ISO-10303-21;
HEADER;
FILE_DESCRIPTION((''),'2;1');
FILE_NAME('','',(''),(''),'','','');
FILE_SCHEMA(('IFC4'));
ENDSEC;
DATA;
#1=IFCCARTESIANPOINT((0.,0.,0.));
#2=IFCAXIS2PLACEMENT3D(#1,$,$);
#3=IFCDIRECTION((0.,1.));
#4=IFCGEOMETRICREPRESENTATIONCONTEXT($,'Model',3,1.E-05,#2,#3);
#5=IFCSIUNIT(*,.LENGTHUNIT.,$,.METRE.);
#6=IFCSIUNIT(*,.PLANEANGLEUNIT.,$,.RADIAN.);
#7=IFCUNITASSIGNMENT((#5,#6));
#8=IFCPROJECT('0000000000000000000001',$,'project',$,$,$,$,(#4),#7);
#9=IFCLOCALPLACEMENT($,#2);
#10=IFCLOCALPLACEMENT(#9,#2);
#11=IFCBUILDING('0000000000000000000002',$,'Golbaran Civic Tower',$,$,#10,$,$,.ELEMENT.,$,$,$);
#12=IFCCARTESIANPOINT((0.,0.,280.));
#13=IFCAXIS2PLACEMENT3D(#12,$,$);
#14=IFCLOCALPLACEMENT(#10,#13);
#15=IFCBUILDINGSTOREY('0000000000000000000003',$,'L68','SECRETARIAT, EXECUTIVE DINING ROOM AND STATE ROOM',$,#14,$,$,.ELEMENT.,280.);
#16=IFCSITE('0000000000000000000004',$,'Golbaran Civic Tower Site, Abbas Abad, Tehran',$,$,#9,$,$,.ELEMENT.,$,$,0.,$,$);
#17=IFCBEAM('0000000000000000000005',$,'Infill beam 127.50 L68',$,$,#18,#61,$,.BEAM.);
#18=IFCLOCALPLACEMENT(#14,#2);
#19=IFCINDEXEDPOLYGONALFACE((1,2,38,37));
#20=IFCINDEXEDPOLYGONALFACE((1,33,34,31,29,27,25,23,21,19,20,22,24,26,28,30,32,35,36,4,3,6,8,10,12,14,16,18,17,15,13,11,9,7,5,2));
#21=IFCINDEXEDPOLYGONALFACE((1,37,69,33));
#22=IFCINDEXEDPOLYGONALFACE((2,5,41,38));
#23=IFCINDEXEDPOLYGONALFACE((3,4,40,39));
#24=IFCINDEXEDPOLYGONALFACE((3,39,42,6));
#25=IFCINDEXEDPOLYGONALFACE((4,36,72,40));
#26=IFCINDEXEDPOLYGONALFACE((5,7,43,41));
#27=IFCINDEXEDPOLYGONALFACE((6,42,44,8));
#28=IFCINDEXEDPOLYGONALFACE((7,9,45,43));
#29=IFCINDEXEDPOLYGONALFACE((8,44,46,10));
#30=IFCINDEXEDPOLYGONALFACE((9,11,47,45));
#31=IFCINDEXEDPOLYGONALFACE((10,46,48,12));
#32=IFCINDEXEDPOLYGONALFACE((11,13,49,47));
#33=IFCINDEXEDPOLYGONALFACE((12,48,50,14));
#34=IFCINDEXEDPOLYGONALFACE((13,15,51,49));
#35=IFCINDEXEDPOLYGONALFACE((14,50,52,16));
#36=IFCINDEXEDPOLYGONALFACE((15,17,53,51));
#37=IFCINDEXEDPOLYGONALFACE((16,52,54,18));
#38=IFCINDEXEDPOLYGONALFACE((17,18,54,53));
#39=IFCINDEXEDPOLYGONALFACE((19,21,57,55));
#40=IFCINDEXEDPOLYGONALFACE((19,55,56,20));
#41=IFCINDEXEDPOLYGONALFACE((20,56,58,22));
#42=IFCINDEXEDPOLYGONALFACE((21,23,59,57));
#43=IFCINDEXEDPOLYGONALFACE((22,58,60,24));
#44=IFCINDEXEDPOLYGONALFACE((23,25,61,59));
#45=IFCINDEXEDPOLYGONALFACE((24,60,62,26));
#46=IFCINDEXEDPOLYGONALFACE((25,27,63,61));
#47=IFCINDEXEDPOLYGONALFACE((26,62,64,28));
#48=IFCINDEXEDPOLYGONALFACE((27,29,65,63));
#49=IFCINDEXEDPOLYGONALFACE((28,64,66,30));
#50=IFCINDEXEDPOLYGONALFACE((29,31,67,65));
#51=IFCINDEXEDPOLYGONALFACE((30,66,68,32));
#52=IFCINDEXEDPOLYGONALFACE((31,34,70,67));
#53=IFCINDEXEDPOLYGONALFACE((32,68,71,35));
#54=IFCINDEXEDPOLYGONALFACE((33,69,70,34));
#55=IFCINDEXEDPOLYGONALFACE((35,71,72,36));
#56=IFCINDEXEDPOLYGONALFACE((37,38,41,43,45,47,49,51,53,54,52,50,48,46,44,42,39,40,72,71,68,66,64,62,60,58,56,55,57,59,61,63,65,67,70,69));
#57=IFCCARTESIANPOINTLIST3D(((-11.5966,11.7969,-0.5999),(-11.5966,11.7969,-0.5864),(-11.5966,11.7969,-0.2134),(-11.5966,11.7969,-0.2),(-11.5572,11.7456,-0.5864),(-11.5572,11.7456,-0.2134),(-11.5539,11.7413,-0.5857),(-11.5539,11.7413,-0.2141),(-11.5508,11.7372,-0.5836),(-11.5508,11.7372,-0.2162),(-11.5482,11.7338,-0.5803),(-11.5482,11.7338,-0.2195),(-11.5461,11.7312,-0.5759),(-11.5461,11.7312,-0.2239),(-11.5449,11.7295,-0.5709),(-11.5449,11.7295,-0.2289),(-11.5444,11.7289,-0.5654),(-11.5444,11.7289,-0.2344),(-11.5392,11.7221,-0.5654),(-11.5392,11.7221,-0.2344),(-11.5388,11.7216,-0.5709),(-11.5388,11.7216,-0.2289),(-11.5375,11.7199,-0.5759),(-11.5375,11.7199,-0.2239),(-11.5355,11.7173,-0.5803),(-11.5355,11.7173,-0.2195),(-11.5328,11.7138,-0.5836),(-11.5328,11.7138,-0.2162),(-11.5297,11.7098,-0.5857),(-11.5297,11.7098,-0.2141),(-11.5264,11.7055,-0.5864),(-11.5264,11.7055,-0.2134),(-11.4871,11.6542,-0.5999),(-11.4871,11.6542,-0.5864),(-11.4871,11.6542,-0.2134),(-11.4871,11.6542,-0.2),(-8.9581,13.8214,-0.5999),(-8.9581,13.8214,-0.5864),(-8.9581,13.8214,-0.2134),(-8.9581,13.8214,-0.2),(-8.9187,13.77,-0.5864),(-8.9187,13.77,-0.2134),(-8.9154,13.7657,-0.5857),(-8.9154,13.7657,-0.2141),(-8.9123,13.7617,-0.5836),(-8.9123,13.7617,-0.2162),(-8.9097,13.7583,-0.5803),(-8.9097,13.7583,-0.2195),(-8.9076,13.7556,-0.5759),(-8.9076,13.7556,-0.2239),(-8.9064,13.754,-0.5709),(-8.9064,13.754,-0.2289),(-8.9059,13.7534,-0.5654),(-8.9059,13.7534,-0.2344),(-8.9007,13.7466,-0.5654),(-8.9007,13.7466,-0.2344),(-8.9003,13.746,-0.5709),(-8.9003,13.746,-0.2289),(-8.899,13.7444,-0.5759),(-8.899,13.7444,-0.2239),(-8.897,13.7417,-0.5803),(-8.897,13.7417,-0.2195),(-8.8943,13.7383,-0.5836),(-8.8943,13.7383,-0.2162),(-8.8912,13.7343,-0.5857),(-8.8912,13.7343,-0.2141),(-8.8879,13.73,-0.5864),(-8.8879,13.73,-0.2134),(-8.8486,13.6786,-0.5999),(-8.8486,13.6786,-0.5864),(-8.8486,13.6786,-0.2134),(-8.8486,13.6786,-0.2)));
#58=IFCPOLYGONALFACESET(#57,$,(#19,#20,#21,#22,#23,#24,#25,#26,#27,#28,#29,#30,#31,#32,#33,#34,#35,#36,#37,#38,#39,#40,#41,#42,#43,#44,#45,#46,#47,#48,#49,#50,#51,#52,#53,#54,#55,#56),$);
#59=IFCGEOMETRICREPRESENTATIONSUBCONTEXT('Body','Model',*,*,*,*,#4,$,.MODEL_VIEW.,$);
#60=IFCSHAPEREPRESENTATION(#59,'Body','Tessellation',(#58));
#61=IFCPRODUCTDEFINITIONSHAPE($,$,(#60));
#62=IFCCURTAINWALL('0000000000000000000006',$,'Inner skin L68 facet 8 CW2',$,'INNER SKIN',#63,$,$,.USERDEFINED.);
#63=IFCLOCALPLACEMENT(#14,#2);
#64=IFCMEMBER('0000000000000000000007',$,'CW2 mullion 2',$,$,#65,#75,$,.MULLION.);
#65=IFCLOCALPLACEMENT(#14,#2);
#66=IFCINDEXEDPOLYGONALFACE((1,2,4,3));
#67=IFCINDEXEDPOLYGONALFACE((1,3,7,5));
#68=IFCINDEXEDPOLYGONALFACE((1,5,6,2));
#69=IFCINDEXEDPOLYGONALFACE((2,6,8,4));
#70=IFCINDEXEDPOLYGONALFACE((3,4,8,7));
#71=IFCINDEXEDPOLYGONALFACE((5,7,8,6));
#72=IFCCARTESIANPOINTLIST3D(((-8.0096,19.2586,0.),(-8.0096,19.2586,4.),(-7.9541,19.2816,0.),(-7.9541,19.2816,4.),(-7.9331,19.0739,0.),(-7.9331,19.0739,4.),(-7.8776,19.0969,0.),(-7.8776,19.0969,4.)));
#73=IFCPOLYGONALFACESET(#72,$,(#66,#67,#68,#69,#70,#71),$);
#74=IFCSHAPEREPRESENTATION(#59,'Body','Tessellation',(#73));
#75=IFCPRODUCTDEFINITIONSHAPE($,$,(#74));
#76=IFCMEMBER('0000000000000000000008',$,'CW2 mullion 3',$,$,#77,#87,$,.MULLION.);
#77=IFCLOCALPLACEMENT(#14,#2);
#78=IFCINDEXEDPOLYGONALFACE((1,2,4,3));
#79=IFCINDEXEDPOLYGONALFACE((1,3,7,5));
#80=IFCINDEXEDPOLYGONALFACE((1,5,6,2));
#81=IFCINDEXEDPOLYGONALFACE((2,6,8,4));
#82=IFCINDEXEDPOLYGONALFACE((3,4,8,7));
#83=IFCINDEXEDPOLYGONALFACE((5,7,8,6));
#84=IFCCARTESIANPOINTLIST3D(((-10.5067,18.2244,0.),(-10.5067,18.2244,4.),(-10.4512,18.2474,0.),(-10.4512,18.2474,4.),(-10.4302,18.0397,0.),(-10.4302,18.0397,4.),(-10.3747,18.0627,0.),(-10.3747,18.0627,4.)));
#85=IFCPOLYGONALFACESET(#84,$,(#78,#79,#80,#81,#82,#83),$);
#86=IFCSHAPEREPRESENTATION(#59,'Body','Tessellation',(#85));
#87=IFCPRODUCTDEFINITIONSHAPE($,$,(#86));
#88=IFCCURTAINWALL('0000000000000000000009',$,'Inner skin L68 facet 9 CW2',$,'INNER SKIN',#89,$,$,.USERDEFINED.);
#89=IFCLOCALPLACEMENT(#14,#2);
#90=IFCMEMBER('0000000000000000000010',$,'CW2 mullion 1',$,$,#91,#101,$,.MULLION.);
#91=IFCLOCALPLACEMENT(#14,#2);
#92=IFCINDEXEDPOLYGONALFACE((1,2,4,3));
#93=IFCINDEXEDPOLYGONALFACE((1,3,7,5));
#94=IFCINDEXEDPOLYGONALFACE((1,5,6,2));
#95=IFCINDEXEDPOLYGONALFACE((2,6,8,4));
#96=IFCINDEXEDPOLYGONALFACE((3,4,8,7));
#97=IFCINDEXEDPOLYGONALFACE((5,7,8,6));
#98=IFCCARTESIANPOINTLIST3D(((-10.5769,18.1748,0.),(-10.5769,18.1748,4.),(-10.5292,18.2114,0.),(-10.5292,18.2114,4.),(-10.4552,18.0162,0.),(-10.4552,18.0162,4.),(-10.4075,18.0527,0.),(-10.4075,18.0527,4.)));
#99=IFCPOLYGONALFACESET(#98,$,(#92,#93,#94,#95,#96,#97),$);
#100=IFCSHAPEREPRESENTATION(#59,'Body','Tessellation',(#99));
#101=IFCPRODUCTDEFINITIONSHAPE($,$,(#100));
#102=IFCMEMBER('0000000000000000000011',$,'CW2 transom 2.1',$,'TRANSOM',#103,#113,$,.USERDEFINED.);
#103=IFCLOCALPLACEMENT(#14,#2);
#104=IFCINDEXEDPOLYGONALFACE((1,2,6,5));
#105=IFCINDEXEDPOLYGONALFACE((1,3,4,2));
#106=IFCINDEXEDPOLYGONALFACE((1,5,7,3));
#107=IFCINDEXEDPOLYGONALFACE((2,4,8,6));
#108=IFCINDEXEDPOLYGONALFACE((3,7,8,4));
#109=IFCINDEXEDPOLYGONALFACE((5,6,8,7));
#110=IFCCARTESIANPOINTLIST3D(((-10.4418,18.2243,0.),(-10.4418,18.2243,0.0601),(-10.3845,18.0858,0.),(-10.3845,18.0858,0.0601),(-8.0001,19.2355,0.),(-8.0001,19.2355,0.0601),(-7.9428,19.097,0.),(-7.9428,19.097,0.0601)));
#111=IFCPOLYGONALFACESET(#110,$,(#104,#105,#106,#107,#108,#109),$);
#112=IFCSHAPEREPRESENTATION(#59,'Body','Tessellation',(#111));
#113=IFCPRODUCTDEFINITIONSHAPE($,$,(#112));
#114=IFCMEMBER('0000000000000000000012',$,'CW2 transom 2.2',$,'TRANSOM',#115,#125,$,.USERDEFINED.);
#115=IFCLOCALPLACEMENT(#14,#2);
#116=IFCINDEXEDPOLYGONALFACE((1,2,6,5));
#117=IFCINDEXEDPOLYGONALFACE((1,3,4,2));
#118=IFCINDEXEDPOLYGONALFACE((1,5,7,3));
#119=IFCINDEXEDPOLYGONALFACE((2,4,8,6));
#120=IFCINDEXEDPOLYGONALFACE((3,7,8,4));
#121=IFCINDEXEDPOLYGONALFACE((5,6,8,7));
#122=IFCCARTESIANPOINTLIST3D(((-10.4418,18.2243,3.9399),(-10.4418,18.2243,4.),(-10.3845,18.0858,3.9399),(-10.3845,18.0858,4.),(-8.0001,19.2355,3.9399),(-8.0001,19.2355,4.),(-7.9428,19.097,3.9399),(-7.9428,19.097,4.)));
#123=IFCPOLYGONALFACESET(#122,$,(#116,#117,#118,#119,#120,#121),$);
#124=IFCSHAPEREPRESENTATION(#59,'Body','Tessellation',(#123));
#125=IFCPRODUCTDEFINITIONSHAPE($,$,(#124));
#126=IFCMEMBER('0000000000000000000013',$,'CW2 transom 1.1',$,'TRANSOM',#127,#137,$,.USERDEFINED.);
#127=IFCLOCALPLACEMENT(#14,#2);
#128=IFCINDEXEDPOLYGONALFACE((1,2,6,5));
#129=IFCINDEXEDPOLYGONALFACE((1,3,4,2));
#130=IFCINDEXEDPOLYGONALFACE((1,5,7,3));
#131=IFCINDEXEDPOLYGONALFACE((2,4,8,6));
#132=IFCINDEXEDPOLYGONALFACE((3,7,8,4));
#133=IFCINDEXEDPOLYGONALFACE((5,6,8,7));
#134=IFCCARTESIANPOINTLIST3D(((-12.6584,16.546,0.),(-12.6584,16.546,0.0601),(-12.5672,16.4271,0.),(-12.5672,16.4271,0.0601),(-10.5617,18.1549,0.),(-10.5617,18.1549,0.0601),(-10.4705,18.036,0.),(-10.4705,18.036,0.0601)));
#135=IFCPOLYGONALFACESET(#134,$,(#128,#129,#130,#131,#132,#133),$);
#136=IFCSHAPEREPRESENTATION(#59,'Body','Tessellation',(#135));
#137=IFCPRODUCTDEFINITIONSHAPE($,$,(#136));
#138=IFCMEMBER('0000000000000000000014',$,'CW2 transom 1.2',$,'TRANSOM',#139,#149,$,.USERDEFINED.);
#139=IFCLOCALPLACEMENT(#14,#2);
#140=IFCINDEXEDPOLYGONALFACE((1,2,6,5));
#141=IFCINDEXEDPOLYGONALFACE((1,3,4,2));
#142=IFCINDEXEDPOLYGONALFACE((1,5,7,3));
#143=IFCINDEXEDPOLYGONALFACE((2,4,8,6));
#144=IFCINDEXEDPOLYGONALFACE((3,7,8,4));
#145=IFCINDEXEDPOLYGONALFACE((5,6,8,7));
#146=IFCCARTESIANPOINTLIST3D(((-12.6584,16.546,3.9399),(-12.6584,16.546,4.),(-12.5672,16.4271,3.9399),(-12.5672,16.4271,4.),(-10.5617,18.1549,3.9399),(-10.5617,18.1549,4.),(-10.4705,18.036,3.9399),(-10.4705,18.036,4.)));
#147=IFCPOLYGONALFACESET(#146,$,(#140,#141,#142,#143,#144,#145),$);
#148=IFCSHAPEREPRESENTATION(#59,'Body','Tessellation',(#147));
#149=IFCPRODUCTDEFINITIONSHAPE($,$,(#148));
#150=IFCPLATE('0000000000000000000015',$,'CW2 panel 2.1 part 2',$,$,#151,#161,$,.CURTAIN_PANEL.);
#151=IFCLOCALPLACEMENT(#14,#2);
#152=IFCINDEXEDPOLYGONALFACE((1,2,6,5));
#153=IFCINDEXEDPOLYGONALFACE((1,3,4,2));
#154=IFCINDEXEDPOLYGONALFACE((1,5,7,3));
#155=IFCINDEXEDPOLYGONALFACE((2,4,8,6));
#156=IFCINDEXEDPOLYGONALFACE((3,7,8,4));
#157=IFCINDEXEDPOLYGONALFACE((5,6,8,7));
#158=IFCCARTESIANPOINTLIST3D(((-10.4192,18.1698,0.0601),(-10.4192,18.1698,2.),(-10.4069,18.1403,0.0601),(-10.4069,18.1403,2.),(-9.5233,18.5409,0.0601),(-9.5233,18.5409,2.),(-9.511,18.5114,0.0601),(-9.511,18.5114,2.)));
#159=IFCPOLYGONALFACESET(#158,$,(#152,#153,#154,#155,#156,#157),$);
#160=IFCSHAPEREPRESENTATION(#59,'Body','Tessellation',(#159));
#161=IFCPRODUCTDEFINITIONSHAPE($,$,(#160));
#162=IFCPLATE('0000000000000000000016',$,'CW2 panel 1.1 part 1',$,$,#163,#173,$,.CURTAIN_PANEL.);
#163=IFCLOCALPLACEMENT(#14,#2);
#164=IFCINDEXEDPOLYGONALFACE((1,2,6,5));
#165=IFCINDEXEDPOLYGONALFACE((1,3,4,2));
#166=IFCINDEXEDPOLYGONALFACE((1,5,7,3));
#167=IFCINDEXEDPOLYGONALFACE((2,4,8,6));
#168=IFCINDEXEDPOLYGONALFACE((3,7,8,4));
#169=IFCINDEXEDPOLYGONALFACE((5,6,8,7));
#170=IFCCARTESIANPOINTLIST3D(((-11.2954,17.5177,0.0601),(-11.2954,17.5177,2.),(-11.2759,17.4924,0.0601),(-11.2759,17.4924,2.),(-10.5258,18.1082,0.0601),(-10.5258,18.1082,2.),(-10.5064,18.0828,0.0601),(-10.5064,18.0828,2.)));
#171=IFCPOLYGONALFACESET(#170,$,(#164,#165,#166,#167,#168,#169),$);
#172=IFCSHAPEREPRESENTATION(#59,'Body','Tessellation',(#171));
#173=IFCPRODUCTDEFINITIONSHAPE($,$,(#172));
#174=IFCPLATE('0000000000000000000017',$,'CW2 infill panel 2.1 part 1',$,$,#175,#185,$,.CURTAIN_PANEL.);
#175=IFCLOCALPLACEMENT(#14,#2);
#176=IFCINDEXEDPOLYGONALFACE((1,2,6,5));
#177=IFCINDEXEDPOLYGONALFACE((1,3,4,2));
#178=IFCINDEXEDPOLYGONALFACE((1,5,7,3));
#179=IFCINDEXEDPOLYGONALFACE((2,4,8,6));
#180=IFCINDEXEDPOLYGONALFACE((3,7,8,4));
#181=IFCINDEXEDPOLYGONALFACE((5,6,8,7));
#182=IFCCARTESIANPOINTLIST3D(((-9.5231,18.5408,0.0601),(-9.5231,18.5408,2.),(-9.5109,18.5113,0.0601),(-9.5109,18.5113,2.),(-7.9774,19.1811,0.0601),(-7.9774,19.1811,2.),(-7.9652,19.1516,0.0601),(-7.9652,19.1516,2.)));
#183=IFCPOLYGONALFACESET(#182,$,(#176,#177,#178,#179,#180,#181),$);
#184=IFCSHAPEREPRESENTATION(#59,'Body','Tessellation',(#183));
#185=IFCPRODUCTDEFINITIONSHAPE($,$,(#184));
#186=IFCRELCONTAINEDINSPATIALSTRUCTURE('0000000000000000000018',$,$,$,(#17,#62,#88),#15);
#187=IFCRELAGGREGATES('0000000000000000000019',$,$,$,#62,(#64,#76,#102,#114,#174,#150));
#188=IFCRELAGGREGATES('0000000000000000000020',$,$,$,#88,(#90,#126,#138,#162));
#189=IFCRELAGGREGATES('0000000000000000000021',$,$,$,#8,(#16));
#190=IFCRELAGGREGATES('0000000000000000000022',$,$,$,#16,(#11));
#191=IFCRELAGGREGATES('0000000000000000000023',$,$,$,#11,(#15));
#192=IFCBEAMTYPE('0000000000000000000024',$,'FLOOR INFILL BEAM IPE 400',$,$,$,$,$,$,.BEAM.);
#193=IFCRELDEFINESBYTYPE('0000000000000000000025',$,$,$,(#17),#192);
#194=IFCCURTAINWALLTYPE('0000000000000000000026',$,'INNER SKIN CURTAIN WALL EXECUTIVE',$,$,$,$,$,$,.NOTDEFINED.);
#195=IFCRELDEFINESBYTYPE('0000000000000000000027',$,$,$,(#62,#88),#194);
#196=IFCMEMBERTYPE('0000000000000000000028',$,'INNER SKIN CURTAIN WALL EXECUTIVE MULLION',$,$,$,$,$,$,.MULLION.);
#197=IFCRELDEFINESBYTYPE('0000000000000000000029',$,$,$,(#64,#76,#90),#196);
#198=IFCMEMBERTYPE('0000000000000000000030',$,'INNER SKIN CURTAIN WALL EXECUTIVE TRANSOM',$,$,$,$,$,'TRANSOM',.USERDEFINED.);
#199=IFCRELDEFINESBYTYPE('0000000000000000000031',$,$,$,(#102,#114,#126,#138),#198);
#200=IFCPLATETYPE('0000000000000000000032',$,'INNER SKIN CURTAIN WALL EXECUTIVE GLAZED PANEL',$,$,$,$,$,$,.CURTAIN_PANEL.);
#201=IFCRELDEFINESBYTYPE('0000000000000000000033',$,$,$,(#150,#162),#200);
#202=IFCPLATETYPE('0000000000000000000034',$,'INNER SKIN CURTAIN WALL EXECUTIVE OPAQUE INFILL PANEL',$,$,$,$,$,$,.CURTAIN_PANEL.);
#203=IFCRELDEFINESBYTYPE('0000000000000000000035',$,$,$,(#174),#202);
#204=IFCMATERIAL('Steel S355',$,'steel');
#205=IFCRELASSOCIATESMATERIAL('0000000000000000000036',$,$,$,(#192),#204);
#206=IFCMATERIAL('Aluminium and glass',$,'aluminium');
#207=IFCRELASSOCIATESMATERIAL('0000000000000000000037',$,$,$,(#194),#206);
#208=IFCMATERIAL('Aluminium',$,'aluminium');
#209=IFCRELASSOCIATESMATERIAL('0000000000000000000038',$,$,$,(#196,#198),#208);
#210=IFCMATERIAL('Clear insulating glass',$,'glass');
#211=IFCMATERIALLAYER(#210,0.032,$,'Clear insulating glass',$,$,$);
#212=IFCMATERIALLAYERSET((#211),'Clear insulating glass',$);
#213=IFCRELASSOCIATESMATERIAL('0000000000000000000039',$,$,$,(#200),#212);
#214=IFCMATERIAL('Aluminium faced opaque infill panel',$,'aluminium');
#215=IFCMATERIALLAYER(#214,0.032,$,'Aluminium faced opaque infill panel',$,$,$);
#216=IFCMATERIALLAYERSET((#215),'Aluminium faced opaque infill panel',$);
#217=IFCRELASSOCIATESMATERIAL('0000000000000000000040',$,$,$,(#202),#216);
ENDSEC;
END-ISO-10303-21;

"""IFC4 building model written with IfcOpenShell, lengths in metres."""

from ifc_helpers import new_model, si_unit, direction, frame, origin, origin_2d, place, context, subcontext, project, spatial, rectangle, i_section, extrude, material, layer, layer_set, material_profile, profile_set, type_object, element, aggregate, save


model = new_model("IFC4")

# Units and contexts
model_context = context("Model", 3, precision=1e-05, world=origin(), true_north=direction((0.0, 1.0)))
body_context = subcontext(model_context, "Body", "Model", "MODEL_VIEW")
ifc_project = project(units=[si_unit("LENGTHUNIT", "METRE"), si_unit("PLANEANGLEUNIT", "RADIAN")], contexts=[model_context])

# Site, building, storey
site_placement = place(None, origin())
site = spatial("IfcSite", under=ifc_project, at=site_placement, Name="Golbaran Civic Tower Site, Abbas Abad, Tehran", CompositionType="ELEMENT", RefElevation=0.0)
building_placement = place(site_placement, origin())
building = spatial("IfcBuilding", under=site, at=building_placement, Name="Golbaran Civic Tower", CompositionType="ELEMENT")
storey_placement = place(building_placement, frame((0.0, 0.0, 280.0)))
storey = spatial("IfcBuildingStorey", under=building, at=storey_placement, Name="L68", Description="SECRETARIAT, EXECUTIVE DINING ROOM AND STATE ROOM", CompositionType="ELEMENT", Elevation=280.0)

# Shared definitions
ifc_material_1 = material(Name="Steel S355", Category="steel")

# Beam
ifc_material_profile_1 = material_profile(ifc_material_1, i_section(OverallWidth=0.1799, OverallDepth=0.3999, WebThickness=0.0085, FlangeThickness=0.0134, FilletRadius=0.021, at=origin_2d()), Name="IPE 400")
ifc_profile_set_1 = profile_set([ifc_material_profile_1], Name="Steel S355")
beam_type_1 = type_object("IfcBeamType", Name="FLOOR INFILL BEAM IPE 400", PredefinedType="BEAM", material=ifc_profile_set_1)
beam_1_placement = place(storey_placement, frame((-8.9033, 13.75, -0.3999), z_axis=(-0.793371, -0.608738, 0.0), x_axis=(0.608738, -0.793371, 0.0)))
element("IfcBeam", 1, at=beam_1_placement, inside=storey, type_object=beam_type_1, Name="Infill beam 127.50 L68", PredefinedType="BEAM", context=body_context, shape_type="SweptSolid", body=[
    extrude(i_section(OverallWidth=0.1799, OverallDepth=0.3999, WebThickness=0.0085, FlangeThickness=0.0134, FilletRadius=0.021, at=origin_2d()), origin(), (0.0, 0.0, 1.0), 3.3257),
])

# Curtain wall, members
ifc_material_2 = material(Name="Aluminium and glass", Category="aluminium")
curtain_wall_type = type_object("IfcCurtainWallType", Name="INNER SKIN CURTAIN WALL EXECUTIVE", PredefinedType="NOTDEFINED", material=ifc_material_2)
curtain_wall_1_placement = place(storey_placement, origin())
curtain_wall_1 = element("IfcCurtainWall", 2, at=curtain_wall_1_placement, inside=storey, type_object=curtain_wall_type, Name="Inner skin L68 facet 8 CW2", ObjectType="INNER SKIN", PredefinedType="USERDEFINED")
ifc_material_3 = material(Name="Aluminium", Category="aluminium")
ifc_material_profile_2 = material_profile(ifc_material_3, rectangle(XDim=0.2, YDim=0.0601, at=origin_2d()), Name="INNER SKIN CURTAIN WALL EXECUTIVE MULLION")
ifc_profile_set_2 = profile_set([ifc_material_profile_2], Name="Aluminium")
member_type_1 = type_object("IfcMemberType", Name="INNER SKIN CURTAIN WALL EXECUTIVE MULLION", PredefinedType="MULLION", material=ifc_profile_set_2)
member_1_placement = place(storey_placement, frame((-7.9436, 19.1777, 0.0), z_axis=(0.0, 0.0, 1.0), x_axis=(0.382683, -0.92388, 0.0)))
member_1 = element("IfcMember", 3, at=member_1_placement, type_object=member_type_1, Name="CW2 mullion 2", PredefinedType="MULLION", context=body_context, shape_type="SweptSolid", body=[
    extrude(rectangle(XDim=0.2, YDim=0.0601, at=origin_2d()), origin(), (0.0, 0.0, 1.0), 4.0),
])
member_2_placement = place(storey_placement, frame((-10.4407, 18.1436, 0.0), z_axis=(0.0, 0.0, 1.0), x_axis=(0.382683, -0.92388, 0.0)))
member_2 = element("IfcMember", 4, at=member_2_placement, type_object=member_type_1, Name="CW2 mullion 3", PredefinedType="MULLION", context=body_context, shape_type="SweptSolid", body=[
    extrude(rectangle(XDim=0.2, YDim=0.0601, at=origin_2d()), origin(), (0.0, 0.0, 1.0), 4.0),
])

# Curtain wall, member
curtain_wall_2_placement = place(storey_placement, origin())
curtain_wall_2 = element("IfcCurtainWall", 5, at=curtain_wall_2_placement, inside=storey, type_object=curtain_wall_type, Name="Inner skin L68 facet 9 CW2", ObjectType="INNER SKIN", PredefinedType="USERDEFINED")
member_3_placement = place(storey_placement, frame((-10.4922, 18.1138, 0.0), z_axis=(0.0, 0.0, 1.0), x_axis=(0.608761, -0.793353, 0.0)))
member_3 = element("IfcMember", 6, at=member_3_placement, type_object=member_type_1, Name="CW2 mullion 1", PredefinedType="MULLION", context=body_context, shape_type="SweptSolid", body=[
    extrude(rectangle(XDim=0.2, YDim=0.0601, at=origin_2d()), origin(), (0.0, 0.0, 1.0), 4.0),
])

# Members
ifc_material_profile_3 = material_profile(ifc_material_3, rectangle(XDim=0.1499, YDim=0.0601, at=origin_2d()), Name="INNER SKIN CURTAIN WALL EXECUTIVE TRANSOM")
ifc_profile_set_3 = profile_set([ifc_material_profile_3], Name="Aluminium")
member_type_2 = type_object("IfcMemberType", Name="INNER SKIN CURTAIN WALL EXECUTIVE TRANSOM", ElementType="TRANSOM", PredefinedType="USERDEFINED", material=ifc_profile_set_3)
member_4_placement = place(storey_placement, frame((-7.9714, 19.1663, 0.03), z_axis=(-0.923897, -0.38264, 0.0), x_axis=(0.38264, -0.923897, 0.0)))
member_4 = element("IfcMember", 7, at=member_4_placement, type_object=member_type_2, Name="CW2 transom 2.1", ObjectType="TRANSOM", PredefinedType="USERDEFINED", context=body_context, shape_type="SweptSolid", body=[
    extrude(rectangle(XDim=0.1499, YDim=0.0601, at=origin_2d()), origin(), (0.0, 0.0, 1.0), 2.6428),
])
member_5_placement = place(storey_placement, frame((-7.9714, 19.1663, 3.97), z_axis=(-0.923897, -0.38264, 0.0), x_axis=(0.38264, -0.923897, 0.0)))
member_5 = element("IfcMember", 8, at=member_5_placement, type_object=member_type_2, Name="CW2 transom 2.2", ObjectType="TRANSOM", PredefinedType="USERDEFINED", context=body_context, shape_type="SweptSolid", body=[
    extrude(rectangle(XDim=0.1499, YDim=0.0601, at=origin_2d()), origin(), (0.0, 0.0, 1.0), 2.6428),
])
member_6_placement = place(storey_placement, frame((-10.5161, 18.0955, 0.03), z_axis=(-0.793345, -0.608773, 0.0), x_axis=(0.608773, -0.793345, 0.0)))
member_6 = element("IfcMember", 9, at=member_6_placement, type_object=member_type_2, Name="CW2 transom 1.1", ObjectType="TRANSOM", PredefinedType="USERDEFINED", context=body_context, shape_type="SweptSolid", body=[
    extrude(rectangle(XDim=0.1499, YDim=0.0601, at=origin_2d()), origin(), (0.0, 0.0, 1.0), 2.6428),
])
member_7_placement = place(storey_placement, frame((-10.5161, 18.0955, 3.97), z_axis=(-0.793345, -0.608773, 0.0), x_axis=(0.608773, -0.793345, 0.0)))
member_7 = element("IfcMember", 10, at=member_7_placement, type_object=member_type_2, Name="CW2 transom 1.2", ObjectType="TRANSOM", PredefinedType="USERDEFINED", context=body_context, shape_type="SweptSolid", body=[
    extrude(rectangle(XDim=0.1499, YDim=0.0601, at=origin_2d()), origin(), (0.0, 0.0, 1.0), 2.6428),
])

# Plates
ifc_material_4 = material(Name="Clear insulating glass", Category="glass")
ifc_layer_1 = layer(ifc_material_4, 0.032, Name="Clear insulating glass")
ifc_layer_set_1 = layer_set([ifc_layer_1], Name="Clear insulating glass")
plate_type_1 = type_object("IfcPlateType", Name="INNER SKIN CURTAIN WALL EXECUTIVE GLAZED PANEL", PredefinedType="CURTAIN_PANEL", material=ifc_layer_set_1)
plate_1_placement = place(storey_placement, frame((-9.9651, 18.3406, 0.0601), z_axis=(0.0, 0.0, 1.0), x_axis=(-0.92388, -0.382683, 0.0)))
plate_1 = element("IfcPlate", 11, at=plate_1_placement, type_object=plate_type_1, Name="CW2 panel 2.1 part 2", PredefinedType="CURTAIN_PANEL", context=body_context, shape_type="SweptSolid", body=[
    extrude(rectangle(XDim=0.9697, YDim=0.032, at=origin_2d()), origin(), (0.0, 0.0, 1.0), 1.9399),
])
plate_2_placement = place(storey_placement, frame((-10.9009, 17.8003, 0.0601), z_axis=(0.0, 0.0, 1.0), x_axis=(-0.793353, -0.608761, 0.0)))
plate_2 = element("IfcPlate", 12, at=plate_2_placement, type_object=plate_type_1, Name="CW2 panel 1.1 part 1", PredefinedType="CURTAIN_PANEL", context=body_context, shape_type="SweptSolid", body=[
    extrude(rectangle(XDim=0.97, YDim=0.032, at=origin_2d()), origin(), (0.0, 0.0, 1.0), 1.9399),
])
ifc_material_5 = material(Name="Aluminium faced opaque infill panel", Category="aluminium")
ifc_layer_2 = layer(ifc_material_5, 0.032, Name="Aluminium faced opaque infill panel")
ifc_layer_set_2 = layer_set([ifc_layer_2], Name="Aluminium faced opaque infill panel")
plate_type_2 = type_object("IfcPlateType", Name="INNER SKIN CURTAIN WALL EXECUTIVE OPAQUE INFILL PANEL", PredefinedType="CURTAIN_PANEL", material=ifc_layer_set_2)
plate_3_placement = place(storey_placement, frame((-8.7441, 18.8462, 0.0601), z_axis=(0.0, 0.0, 1.0), x_axis=(-0.92388, -0.382683, 0.0)))
plate_3 = element("IfcPlate", 13, at=plate_3_placement, type_object=plate_type_2, Name="CW2 infill panel 2.1 part 1", PredefinedType="CURTAIN_PANEL", context=body_context, shape_type="SweptSolid", body=[
    extrude(rectangle(XDim=1.6731, YDim=0.032, at=origin_2d()), origin(), (0.0, 0.0, 1.0), 1.9399),
])
aggregate(curtain_wall_1, [member_1, member_2, member_4, member_5, plate_3, plate_1])
aggregate(curtain_wall_2, [member_3, member_6, member_7, plate_2])

save(model, "model.ifc")
